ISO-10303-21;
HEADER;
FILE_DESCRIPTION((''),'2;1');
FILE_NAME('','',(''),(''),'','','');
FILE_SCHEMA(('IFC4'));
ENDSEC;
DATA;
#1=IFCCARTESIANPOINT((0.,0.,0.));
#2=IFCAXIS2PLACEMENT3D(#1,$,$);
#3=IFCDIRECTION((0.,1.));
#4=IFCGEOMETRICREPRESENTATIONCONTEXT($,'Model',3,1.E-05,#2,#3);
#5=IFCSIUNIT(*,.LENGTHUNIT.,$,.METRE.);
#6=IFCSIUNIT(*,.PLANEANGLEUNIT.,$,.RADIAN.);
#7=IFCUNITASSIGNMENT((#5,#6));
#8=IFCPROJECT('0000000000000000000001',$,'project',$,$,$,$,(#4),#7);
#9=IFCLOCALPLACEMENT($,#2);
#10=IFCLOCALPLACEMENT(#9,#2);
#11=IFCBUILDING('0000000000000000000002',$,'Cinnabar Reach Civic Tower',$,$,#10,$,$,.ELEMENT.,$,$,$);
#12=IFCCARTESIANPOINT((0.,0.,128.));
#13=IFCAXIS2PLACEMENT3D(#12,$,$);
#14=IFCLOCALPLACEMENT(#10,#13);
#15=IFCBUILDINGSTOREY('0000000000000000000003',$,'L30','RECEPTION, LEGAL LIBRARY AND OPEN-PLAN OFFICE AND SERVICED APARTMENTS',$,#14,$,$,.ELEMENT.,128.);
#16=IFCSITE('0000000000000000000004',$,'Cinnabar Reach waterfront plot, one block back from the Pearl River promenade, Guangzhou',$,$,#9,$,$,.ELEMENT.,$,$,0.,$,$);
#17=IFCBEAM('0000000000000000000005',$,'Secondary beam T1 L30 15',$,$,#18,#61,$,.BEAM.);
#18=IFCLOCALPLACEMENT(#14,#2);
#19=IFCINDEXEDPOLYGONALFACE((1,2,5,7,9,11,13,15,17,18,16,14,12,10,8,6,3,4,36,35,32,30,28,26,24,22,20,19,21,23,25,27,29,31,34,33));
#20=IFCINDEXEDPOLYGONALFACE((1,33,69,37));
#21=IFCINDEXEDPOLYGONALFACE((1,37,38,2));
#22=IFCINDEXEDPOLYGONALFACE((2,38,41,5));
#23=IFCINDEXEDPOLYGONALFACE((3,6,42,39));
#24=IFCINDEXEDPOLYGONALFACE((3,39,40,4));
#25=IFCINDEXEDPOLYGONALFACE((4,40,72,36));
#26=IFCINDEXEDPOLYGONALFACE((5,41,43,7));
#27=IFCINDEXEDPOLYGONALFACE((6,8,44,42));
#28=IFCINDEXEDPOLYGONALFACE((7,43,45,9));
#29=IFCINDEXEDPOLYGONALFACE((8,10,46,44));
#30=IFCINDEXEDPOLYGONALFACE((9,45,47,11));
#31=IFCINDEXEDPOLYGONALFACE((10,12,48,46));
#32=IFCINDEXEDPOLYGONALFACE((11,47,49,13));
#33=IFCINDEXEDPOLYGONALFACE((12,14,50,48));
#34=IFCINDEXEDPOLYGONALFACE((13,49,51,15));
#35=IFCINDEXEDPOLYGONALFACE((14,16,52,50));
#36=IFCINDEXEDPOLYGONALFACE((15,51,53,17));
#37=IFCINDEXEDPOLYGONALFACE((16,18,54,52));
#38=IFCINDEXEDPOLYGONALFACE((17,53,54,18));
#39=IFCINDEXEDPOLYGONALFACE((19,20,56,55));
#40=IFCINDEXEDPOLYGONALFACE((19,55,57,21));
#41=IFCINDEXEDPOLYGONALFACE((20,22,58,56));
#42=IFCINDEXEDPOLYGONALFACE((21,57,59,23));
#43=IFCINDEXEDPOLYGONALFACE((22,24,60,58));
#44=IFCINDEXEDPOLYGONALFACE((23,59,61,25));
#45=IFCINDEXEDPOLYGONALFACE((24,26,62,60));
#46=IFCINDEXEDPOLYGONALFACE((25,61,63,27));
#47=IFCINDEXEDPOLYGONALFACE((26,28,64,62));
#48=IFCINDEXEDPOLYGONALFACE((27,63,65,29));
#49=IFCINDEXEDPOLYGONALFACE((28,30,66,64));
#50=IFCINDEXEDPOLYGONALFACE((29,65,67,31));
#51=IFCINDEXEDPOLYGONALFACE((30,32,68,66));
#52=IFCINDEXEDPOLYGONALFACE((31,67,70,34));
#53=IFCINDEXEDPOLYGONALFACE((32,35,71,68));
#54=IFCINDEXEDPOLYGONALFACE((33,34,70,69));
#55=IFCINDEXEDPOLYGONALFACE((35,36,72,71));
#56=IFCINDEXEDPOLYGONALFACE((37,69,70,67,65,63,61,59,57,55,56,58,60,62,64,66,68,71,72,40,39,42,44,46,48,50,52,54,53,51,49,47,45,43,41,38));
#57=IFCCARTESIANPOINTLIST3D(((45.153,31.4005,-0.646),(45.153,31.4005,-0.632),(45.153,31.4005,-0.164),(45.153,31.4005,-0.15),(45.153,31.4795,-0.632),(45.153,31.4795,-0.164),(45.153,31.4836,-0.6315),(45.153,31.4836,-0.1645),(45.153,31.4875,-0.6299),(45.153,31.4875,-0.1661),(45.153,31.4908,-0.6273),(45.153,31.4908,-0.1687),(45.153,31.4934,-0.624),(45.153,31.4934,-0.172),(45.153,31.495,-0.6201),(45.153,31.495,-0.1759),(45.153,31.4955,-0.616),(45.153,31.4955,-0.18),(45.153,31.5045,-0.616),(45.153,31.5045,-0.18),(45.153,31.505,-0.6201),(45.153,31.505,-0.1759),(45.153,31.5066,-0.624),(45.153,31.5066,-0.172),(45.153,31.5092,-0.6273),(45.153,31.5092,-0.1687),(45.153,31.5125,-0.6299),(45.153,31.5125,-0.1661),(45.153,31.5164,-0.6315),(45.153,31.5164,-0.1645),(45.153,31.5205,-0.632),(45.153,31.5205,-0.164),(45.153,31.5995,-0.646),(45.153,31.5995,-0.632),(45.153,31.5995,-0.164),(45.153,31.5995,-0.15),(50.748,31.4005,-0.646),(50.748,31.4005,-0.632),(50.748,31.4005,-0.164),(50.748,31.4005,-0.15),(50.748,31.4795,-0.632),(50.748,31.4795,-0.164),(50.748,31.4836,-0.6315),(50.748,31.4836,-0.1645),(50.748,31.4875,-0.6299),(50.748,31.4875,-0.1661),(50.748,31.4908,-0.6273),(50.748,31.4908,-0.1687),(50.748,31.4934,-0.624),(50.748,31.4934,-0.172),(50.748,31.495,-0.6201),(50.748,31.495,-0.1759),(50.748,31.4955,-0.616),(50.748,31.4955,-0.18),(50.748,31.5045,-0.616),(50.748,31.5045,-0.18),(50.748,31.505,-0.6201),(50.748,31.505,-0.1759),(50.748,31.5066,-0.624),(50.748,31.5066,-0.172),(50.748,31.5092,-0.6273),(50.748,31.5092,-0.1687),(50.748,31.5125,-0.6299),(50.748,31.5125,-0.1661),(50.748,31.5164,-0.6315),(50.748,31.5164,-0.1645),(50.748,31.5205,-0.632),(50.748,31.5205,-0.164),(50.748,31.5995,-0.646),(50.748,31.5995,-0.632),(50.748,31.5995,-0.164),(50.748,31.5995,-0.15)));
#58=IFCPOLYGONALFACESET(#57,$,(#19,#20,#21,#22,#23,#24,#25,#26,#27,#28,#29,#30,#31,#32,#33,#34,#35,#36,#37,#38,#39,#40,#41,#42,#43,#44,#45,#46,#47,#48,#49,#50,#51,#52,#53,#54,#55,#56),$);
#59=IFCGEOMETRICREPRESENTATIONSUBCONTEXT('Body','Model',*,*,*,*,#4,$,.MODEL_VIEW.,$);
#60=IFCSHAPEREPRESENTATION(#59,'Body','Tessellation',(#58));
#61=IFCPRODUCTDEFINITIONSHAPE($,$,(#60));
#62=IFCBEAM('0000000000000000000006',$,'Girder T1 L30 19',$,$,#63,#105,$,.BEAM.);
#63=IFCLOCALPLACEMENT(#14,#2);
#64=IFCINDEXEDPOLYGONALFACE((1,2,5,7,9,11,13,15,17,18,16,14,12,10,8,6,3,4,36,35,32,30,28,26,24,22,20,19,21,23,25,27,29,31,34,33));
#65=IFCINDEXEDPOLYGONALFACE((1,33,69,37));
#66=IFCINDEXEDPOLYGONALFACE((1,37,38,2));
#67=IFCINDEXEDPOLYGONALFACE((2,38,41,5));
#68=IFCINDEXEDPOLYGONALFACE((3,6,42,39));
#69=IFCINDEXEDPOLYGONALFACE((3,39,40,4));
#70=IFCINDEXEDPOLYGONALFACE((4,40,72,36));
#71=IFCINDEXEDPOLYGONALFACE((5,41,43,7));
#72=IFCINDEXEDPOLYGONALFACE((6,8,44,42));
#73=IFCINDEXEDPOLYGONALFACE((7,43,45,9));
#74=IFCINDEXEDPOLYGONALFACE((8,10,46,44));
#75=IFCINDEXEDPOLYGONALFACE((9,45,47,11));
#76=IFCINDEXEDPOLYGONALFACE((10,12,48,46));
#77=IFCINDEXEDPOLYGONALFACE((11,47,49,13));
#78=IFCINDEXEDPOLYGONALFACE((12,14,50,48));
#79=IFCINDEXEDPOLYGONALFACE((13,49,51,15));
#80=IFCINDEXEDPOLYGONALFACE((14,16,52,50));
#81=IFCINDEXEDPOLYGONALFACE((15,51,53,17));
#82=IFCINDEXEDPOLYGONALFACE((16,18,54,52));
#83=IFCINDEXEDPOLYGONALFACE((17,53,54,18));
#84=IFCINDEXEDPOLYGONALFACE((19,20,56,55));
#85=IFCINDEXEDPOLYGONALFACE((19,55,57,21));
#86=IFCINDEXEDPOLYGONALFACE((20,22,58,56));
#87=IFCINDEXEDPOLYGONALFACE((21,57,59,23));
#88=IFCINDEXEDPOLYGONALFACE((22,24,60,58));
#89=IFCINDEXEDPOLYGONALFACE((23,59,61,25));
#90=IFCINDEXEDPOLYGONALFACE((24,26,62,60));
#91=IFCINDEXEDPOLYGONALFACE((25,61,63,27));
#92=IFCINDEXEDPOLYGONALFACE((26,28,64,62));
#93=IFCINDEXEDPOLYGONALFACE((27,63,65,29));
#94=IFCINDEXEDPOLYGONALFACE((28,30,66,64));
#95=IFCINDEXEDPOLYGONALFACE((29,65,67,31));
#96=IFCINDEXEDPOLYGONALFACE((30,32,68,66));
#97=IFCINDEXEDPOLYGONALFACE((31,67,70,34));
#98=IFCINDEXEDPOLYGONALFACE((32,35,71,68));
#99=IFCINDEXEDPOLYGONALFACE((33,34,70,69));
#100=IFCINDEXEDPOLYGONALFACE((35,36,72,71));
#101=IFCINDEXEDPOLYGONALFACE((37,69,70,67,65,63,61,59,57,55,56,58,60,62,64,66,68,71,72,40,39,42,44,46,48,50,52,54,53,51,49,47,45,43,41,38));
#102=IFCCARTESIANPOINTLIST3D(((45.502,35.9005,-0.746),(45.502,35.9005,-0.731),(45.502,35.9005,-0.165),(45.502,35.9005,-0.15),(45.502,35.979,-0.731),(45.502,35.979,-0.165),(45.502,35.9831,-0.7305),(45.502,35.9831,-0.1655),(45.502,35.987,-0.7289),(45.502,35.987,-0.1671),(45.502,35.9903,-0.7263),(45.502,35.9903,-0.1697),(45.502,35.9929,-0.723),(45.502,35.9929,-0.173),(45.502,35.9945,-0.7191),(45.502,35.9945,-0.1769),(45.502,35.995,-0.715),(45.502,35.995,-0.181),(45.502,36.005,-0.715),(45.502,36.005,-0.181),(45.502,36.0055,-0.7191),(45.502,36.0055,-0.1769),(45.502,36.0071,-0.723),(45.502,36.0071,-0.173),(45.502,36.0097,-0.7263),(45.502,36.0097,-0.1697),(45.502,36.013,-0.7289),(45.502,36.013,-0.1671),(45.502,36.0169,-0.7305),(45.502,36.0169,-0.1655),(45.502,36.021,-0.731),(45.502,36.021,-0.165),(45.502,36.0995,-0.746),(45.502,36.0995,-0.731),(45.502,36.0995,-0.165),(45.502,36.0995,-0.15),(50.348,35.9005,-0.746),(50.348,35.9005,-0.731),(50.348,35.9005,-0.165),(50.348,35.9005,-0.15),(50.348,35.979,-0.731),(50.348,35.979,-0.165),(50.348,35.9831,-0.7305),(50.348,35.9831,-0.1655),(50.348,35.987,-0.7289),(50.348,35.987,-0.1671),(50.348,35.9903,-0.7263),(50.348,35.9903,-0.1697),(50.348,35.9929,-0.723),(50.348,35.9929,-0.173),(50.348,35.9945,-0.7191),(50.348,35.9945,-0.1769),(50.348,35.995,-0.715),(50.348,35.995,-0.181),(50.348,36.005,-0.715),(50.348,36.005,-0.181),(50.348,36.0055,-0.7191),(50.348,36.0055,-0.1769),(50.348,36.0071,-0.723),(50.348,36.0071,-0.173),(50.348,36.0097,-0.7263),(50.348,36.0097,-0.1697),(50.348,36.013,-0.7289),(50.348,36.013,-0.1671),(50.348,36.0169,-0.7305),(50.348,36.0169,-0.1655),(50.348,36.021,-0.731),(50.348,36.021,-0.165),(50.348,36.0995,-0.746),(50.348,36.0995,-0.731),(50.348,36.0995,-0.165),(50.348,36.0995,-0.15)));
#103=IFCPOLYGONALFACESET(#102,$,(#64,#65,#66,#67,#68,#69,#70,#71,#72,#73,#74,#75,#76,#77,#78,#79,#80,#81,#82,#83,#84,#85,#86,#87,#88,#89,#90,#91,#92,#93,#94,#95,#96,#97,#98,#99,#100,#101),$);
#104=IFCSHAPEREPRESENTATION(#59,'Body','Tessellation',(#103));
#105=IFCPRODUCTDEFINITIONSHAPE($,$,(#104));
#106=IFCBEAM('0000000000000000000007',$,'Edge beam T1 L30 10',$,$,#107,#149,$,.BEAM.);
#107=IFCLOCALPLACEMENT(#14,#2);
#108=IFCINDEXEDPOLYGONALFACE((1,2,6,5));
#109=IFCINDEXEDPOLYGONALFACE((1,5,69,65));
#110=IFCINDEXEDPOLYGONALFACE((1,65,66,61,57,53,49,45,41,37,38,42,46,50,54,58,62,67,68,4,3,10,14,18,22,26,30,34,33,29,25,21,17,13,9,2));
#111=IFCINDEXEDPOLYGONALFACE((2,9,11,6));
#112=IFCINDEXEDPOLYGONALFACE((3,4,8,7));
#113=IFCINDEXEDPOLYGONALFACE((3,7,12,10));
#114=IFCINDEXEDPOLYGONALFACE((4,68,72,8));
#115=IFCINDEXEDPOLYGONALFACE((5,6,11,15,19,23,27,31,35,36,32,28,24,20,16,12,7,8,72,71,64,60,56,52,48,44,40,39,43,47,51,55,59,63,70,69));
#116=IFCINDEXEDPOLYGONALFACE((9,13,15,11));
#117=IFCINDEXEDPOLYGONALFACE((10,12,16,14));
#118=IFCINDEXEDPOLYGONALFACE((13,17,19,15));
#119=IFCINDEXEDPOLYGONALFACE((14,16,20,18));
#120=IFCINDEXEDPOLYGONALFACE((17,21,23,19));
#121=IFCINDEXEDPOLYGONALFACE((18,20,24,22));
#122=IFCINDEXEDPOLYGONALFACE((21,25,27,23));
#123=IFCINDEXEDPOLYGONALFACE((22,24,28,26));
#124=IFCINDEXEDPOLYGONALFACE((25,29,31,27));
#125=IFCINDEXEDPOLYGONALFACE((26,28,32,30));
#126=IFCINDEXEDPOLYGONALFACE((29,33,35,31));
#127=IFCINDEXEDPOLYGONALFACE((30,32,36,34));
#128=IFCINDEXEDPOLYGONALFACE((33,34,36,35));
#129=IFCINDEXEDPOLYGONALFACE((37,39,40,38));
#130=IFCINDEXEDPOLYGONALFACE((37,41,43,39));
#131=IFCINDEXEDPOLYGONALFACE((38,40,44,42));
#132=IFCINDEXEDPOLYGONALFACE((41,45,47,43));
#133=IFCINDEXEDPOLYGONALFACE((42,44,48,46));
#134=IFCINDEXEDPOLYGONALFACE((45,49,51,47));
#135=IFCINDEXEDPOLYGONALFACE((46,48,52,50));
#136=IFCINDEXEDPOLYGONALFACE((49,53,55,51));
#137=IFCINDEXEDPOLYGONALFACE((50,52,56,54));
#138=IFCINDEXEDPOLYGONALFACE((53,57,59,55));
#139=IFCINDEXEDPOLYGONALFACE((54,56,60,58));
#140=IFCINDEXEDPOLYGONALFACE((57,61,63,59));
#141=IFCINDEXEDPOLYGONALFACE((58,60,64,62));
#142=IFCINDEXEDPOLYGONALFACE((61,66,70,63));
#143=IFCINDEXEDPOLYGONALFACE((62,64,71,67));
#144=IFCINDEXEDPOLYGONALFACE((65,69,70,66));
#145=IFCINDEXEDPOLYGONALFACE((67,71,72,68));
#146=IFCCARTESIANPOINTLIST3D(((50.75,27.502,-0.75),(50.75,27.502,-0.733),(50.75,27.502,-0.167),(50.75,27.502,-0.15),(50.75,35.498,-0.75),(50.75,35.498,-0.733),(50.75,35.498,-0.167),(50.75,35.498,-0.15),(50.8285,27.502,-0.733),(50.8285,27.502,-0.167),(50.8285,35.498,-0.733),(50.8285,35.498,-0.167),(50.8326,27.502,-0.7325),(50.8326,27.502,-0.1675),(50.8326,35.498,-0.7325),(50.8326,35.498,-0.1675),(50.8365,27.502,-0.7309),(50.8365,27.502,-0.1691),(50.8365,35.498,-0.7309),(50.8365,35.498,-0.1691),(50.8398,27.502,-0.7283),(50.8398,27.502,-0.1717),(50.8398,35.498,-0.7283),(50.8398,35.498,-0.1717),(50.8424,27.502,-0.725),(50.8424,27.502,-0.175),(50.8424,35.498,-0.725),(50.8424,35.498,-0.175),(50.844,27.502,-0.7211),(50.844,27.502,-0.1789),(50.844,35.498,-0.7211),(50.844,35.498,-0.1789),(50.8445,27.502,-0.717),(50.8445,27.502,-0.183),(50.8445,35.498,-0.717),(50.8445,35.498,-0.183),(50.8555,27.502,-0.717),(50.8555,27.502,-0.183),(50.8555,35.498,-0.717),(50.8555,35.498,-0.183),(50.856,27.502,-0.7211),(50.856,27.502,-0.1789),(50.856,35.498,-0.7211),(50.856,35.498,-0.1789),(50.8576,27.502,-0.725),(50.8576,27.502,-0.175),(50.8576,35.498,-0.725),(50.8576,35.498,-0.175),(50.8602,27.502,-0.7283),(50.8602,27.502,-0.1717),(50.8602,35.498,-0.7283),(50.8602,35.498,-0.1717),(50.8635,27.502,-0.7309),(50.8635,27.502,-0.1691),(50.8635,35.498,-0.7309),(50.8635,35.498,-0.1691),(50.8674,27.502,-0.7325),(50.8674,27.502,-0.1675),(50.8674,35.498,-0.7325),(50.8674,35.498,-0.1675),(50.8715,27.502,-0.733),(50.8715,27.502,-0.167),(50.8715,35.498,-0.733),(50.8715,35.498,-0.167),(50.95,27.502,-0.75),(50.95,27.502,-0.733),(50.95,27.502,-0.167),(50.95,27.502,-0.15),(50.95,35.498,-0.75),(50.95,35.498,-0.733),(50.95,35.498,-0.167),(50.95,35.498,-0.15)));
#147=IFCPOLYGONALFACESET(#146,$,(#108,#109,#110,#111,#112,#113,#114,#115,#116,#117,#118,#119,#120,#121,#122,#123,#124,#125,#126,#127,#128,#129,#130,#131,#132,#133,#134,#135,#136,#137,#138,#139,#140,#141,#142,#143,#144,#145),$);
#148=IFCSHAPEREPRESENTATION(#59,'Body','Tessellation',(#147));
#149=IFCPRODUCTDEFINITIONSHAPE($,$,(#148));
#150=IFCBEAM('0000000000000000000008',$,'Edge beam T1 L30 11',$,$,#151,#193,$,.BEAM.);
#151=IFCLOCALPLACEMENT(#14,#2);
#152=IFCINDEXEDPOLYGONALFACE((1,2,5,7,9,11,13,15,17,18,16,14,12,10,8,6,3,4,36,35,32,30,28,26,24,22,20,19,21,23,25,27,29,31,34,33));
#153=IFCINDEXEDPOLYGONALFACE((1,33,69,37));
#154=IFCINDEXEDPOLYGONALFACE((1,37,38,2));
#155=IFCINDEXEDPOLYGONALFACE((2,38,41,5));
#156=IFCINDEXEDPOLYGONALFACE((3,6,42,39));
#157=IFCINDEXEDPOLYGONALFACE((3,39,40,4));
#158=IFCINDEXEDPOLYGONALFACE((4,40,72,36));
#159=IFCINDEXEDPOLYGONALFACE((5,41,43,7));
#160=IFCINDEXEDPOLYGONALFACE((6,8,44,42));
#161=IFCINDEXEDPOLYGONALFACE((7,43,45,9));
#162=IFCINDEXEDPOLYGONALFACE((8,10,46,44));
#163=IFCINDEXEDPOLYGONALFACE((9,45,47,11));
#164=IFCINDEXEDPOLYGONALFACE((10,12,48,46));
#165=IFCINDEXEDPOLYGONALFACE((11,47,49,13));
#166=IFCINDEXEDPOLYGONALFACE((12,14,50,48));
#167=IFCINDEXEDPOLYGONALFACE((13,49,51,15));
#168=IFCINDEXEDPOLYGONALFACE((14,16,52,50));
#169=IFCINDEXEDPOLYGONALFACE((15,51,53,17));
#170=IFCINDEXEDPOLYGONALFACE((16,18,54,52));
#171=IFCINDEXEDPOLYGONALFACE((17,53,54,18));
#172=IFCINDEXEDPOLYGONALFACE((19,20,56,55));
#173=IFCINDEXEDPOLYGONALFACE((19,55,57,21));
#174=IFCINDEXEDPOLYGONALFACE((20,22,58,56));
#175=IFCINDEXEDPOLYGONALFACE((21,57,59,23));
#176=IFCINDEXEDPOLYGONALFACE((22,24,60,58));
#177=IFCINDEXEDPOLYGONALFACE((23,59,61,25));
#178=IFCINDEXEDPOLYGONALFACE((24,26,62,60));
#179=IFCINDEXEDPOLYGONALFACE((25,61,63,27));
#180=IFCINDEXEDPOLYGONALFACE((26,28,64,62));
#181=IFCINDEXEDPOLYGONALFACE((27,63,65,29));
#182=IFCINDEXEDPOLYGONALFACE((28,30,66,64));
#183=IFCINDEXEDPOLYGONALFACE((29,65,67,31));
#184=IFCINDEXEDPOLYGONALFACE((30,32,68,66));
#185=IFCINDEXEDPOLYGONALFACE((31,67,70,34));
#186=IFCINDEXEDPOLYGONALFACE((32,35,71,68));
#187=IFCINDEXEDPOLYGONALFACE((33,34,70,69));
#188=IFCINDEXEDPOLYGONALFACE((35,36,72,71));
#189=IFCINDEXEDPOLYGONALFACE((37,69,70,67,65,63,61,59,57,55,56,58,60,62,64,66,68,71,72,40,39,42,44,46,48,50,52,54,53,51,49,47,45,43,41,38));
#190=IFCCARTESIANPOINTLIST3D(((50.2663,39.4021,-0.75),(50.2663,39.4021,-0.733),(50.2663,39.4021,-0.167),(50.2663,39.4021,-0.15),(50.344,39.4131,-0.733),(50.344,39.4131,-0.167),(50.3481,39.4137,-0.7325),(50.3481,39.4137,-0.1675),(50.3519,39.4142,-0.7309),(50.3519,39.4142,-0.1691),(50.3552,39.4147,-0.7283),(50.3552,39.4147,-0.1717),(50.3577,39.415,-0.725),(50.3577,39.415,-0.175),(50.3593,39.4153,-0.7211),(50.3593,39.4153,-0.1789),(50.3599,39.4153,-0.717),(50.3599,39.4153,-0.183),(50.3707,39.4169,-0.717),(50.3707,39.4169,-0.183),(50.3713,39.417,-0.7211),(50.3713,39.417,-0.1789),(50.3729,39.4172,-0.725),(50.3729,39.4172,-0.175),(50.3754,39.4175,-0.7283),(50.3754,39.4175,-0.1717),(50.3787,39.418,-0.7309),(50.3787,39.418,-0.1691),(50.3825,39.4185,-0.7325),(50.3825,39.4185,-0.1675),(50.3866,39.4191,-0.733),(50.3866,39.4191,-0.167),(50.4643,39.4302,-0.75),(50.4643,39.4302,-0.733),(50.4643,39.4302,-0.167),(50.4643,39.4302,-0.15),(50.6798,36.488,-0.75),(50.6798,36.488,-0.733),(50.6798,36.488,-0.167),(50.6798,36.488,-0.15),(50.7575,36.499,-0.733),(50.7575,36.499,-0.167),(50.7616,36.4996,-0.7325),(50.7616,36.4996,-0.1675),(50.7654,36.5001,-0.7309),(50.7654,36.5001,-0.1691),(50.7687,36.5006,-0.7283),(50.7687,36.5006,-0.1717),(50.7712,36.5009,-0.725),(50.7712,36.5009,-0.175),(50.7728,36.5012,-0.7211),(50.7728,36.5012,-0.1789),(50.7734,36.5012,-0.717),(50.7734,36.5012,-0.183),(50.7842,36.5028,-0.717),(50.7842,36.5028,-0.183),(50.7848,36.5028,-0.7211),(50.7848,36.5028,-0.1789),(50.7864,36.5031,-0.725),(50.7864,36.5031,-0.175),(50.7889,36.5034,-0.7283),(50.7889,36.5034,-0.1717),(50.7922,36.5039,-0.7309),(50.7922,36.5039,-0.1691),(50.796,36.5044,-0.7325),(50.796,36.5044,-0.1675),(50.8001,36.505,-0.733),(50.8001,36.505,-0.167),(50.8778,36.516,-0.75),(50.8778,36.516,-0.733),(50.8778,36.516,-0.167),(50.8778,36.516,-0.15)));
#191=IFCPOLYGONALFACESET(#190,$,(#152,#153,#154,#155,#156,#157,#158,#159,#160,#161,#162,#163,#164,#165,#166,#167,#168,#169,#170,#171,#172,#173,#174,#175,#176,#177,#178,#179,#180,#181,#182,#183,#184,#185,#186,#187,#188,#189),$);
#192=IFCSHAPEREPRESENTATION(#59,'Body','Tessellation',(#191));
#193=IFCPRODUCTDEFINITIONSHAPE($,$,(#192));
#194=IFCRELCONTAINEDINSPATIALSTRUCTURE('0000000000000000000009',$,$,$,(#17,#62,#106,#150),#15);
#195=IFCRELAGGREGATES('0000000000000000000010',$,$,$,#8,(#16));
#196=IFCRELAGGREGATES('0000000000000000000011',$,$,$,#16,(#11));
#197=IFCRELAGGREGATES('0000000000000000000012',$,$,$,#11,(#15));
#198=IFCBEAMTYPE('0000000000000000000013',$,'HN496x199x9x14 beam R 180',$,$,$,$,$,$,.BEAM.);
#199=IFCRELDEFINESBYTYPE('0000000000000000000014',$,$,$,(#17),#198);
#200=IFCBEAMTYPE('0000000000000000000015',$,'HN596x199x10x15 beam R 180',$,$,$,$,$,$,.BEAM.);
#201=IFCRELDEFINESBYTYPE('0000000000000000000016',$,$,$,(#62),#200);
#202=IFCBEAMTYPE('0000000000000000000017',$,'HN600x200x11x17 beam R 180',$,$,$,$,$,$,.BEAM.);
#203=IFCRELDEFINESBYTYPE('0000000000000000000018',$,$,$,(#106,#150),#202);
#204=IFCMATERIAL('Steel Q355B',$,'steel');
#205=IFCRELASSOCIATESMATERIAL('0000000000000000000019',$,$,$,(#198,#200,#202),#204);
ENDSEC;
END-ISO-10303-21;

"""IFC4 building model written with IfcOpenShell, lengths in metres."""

from ifc_helpers import new_model, si_unit, direction, frame, origin, origin_2d, place, context, subcontext, project, spatial, i_section, extrude, material, material_profile, profile_set, type_object, element, save


model = new_model("IFC4")

# Units and contexts
model_context = context("Model", 3, precision=1e-05, world=origin(), true_north=direction((0.0, 1.0)))
body_context = subcontext(model_context, "Body", "Model", "MODEL_VIEW")
ifc_project = project(units=[si_unit("LENGTHUNIT", "METRE"), si_unit("PLANEANGLEUNIT", "RADIAN")], contexts=[model_context])

# Site, building, storey
site_placement = place(None, origin())
site = spatial("IfcSite", under=ifc_project, at=site_placement, Name="Cinnabar Reach waterfront plot, one block back from the Pearl River promenade, Guangzhou", CompositionType="ELEMENT", RefElevation=0.0)
building_placement = place(site_placement, origin())
building = spatial("IfcBuilding", under=site, at=building_placement, Name="Cinnabar Reach Civic Tower", CompositionType="ELEMENT")
storey_placement = place(building_placement, frame((0.0, 0.0, 128.0)))
storey = spatial("IfcBuildingStorey", under=building, at=storey_placement, Name="L30", Description="RECEPTION, LEGAL LIBRARY AND OPEN-PLAN OFFICE AND SERVICED APARTMENTS", CompositionType="ELEMENT", Elevation=128.0)

# Beams
ifc_material_1 = material(Name="Steel Q355B", Category="steel")
ifc_material_profile_1 = material_profile(ifc_material_1, i_section(OverallWidth=0.199, OverallDepth=0.496, WebThickness=0.009, FlangeThickness=0.014, FilletRadius=0.016, at=origin_2d()), Name="HN496x199x9x14")
ifc_profile_set_1 = profile_set([ifc_material_profile_1], Name="Steel Q355B")
beam_type_1 = type_object("IfcBeamType", Name="HN496x199x9x14 beam R 180", PredefinedType="BEAM", material=ifc_profile_set_1)
beam_1_placement = place(storey_placement, frame((45.153, 31.5, -0.398), z_axis=(1.0, 0.0, 0.0), x_axis=(0.0, 1.0, 0.0)))
element("IfcBeam", 1, at=beam_1_placement, inside=storey, type_object=beam_type_1, Name="Secondary beam T1 L30 15", PredefinedType="BEAM", context=body_context, shape_type="SweptSolid", body=[
    extrude(i_section(OverallWidth=0.199, OverallDepth=0.496, WebThickness=0.009, FlangeThickness=0.014, FilletRadius=0.016, at=origin_2d()), origin(), (0.0, 0.0, 1.0), 5.595),
])
ifc_material_profile_2 = material_profile(ifc_material_1, i_section(OverallWidth=0.199, OverallDepth=0.596, WebThickness=0.01, FlangeThickness=0.015, FilletRadius=0.016, at=origin_2d()), Name="HN596x199x10x15")
ifc_profile_set_2 = profile_set([ifc_material_profile_2], Name="Steel Q355B")
beam_type_2 = type_object("IfcBeamType", Name="HN596x199x10x15 beam R 180", PredefinedType="BEAM", material=ifc_profile_set_2)
beam_2_placement = place(storey_placement, frame((45.502, 36.0, -0.448), z_axis=(1.0, 0.0, 0.0), x_axis=(0.0, 1.0, 0.0)))
element("IfcBeam", 2, at=beam_2_placement, inside=storey, type_object=beam_type_2, Name="Girder T1 L30 19", PredefinedType="BEAM", context=body_context, shape_type="SweptSolid", body=[
    extrude(i_section(OverallWidth=0.199, OverallDepth=0.596, WebThickness=0.01, FlangeThickness=0.015, FilletRadius=0.016, at=origin_2d()), origin(), (0.0, 0.0, 1.0), 4.846),
])
ifc_material_profile_3 = material_profile(ifc_material_1, i_section(OverallWidth=0.2, OverallDepth=0.6, WebThickness=0.011, FlangeThickness=0.017, FilletRadius=0.016, at=origin_2d()), Name="HN600x200x11x17")
ifc_profile_set_3 = profile_set([ifc_material_profile_3], Name="Steel Q355B")
beam_type_3 = type_object("IfcBeamType", Name="HN600x200x11x17 beam R 180", PredefinedType="BEAM", material=ifc_profile_set_3)
beam_3_placement = place(storey_placement, frame((50.85, 27.502, -0.45), z_axis=(0.0, 1.0, 0.0), x_axis=(-1.0, 0.0, 0.0)))
element("IfcBeam", 3, at=beam_3_placement, inside=storey, type_object=beam_type_3, Name="Edge beam T1 L30 10", PredefinedType="BEAM", context=body_context, shape_type="SweptSolid", body=[
    extrude(i_section(OverallWidth=0.2, OverallDepth=0.6, WebThickness=0.011, FlangeThickness=0.017, FilletRadius=0.016, at=origin_2d()), origin(), (0.0, 0.0, 1.0), 7.996),
])
beam_4_placement = place(storey_placement, frame((50.7788, 36.502, -0.45), z_axis=(-0.140489, 0.990082, 0.0), x_axis=(-0.990082, -0.140489, 0.0)))
element("IfcBeam", 4, at=beam_4_placement, inside=storey, type_object=beam_type_3, Name="Edge beam T1 L30 11", PredefinedType="BEAM", context=body_context, shape_type="SweptSolid", body=[
    extrude(i_section(OverallWidth=0.2, OverallDepth=0.6, WebThickness=0.011, FlangeThickness=0.017, FilletRadius=0.016, at=origin_2d()), origin(), (0.0, 0.0, 1.0), 2.9433),
])

save(model, "model.ifc")
